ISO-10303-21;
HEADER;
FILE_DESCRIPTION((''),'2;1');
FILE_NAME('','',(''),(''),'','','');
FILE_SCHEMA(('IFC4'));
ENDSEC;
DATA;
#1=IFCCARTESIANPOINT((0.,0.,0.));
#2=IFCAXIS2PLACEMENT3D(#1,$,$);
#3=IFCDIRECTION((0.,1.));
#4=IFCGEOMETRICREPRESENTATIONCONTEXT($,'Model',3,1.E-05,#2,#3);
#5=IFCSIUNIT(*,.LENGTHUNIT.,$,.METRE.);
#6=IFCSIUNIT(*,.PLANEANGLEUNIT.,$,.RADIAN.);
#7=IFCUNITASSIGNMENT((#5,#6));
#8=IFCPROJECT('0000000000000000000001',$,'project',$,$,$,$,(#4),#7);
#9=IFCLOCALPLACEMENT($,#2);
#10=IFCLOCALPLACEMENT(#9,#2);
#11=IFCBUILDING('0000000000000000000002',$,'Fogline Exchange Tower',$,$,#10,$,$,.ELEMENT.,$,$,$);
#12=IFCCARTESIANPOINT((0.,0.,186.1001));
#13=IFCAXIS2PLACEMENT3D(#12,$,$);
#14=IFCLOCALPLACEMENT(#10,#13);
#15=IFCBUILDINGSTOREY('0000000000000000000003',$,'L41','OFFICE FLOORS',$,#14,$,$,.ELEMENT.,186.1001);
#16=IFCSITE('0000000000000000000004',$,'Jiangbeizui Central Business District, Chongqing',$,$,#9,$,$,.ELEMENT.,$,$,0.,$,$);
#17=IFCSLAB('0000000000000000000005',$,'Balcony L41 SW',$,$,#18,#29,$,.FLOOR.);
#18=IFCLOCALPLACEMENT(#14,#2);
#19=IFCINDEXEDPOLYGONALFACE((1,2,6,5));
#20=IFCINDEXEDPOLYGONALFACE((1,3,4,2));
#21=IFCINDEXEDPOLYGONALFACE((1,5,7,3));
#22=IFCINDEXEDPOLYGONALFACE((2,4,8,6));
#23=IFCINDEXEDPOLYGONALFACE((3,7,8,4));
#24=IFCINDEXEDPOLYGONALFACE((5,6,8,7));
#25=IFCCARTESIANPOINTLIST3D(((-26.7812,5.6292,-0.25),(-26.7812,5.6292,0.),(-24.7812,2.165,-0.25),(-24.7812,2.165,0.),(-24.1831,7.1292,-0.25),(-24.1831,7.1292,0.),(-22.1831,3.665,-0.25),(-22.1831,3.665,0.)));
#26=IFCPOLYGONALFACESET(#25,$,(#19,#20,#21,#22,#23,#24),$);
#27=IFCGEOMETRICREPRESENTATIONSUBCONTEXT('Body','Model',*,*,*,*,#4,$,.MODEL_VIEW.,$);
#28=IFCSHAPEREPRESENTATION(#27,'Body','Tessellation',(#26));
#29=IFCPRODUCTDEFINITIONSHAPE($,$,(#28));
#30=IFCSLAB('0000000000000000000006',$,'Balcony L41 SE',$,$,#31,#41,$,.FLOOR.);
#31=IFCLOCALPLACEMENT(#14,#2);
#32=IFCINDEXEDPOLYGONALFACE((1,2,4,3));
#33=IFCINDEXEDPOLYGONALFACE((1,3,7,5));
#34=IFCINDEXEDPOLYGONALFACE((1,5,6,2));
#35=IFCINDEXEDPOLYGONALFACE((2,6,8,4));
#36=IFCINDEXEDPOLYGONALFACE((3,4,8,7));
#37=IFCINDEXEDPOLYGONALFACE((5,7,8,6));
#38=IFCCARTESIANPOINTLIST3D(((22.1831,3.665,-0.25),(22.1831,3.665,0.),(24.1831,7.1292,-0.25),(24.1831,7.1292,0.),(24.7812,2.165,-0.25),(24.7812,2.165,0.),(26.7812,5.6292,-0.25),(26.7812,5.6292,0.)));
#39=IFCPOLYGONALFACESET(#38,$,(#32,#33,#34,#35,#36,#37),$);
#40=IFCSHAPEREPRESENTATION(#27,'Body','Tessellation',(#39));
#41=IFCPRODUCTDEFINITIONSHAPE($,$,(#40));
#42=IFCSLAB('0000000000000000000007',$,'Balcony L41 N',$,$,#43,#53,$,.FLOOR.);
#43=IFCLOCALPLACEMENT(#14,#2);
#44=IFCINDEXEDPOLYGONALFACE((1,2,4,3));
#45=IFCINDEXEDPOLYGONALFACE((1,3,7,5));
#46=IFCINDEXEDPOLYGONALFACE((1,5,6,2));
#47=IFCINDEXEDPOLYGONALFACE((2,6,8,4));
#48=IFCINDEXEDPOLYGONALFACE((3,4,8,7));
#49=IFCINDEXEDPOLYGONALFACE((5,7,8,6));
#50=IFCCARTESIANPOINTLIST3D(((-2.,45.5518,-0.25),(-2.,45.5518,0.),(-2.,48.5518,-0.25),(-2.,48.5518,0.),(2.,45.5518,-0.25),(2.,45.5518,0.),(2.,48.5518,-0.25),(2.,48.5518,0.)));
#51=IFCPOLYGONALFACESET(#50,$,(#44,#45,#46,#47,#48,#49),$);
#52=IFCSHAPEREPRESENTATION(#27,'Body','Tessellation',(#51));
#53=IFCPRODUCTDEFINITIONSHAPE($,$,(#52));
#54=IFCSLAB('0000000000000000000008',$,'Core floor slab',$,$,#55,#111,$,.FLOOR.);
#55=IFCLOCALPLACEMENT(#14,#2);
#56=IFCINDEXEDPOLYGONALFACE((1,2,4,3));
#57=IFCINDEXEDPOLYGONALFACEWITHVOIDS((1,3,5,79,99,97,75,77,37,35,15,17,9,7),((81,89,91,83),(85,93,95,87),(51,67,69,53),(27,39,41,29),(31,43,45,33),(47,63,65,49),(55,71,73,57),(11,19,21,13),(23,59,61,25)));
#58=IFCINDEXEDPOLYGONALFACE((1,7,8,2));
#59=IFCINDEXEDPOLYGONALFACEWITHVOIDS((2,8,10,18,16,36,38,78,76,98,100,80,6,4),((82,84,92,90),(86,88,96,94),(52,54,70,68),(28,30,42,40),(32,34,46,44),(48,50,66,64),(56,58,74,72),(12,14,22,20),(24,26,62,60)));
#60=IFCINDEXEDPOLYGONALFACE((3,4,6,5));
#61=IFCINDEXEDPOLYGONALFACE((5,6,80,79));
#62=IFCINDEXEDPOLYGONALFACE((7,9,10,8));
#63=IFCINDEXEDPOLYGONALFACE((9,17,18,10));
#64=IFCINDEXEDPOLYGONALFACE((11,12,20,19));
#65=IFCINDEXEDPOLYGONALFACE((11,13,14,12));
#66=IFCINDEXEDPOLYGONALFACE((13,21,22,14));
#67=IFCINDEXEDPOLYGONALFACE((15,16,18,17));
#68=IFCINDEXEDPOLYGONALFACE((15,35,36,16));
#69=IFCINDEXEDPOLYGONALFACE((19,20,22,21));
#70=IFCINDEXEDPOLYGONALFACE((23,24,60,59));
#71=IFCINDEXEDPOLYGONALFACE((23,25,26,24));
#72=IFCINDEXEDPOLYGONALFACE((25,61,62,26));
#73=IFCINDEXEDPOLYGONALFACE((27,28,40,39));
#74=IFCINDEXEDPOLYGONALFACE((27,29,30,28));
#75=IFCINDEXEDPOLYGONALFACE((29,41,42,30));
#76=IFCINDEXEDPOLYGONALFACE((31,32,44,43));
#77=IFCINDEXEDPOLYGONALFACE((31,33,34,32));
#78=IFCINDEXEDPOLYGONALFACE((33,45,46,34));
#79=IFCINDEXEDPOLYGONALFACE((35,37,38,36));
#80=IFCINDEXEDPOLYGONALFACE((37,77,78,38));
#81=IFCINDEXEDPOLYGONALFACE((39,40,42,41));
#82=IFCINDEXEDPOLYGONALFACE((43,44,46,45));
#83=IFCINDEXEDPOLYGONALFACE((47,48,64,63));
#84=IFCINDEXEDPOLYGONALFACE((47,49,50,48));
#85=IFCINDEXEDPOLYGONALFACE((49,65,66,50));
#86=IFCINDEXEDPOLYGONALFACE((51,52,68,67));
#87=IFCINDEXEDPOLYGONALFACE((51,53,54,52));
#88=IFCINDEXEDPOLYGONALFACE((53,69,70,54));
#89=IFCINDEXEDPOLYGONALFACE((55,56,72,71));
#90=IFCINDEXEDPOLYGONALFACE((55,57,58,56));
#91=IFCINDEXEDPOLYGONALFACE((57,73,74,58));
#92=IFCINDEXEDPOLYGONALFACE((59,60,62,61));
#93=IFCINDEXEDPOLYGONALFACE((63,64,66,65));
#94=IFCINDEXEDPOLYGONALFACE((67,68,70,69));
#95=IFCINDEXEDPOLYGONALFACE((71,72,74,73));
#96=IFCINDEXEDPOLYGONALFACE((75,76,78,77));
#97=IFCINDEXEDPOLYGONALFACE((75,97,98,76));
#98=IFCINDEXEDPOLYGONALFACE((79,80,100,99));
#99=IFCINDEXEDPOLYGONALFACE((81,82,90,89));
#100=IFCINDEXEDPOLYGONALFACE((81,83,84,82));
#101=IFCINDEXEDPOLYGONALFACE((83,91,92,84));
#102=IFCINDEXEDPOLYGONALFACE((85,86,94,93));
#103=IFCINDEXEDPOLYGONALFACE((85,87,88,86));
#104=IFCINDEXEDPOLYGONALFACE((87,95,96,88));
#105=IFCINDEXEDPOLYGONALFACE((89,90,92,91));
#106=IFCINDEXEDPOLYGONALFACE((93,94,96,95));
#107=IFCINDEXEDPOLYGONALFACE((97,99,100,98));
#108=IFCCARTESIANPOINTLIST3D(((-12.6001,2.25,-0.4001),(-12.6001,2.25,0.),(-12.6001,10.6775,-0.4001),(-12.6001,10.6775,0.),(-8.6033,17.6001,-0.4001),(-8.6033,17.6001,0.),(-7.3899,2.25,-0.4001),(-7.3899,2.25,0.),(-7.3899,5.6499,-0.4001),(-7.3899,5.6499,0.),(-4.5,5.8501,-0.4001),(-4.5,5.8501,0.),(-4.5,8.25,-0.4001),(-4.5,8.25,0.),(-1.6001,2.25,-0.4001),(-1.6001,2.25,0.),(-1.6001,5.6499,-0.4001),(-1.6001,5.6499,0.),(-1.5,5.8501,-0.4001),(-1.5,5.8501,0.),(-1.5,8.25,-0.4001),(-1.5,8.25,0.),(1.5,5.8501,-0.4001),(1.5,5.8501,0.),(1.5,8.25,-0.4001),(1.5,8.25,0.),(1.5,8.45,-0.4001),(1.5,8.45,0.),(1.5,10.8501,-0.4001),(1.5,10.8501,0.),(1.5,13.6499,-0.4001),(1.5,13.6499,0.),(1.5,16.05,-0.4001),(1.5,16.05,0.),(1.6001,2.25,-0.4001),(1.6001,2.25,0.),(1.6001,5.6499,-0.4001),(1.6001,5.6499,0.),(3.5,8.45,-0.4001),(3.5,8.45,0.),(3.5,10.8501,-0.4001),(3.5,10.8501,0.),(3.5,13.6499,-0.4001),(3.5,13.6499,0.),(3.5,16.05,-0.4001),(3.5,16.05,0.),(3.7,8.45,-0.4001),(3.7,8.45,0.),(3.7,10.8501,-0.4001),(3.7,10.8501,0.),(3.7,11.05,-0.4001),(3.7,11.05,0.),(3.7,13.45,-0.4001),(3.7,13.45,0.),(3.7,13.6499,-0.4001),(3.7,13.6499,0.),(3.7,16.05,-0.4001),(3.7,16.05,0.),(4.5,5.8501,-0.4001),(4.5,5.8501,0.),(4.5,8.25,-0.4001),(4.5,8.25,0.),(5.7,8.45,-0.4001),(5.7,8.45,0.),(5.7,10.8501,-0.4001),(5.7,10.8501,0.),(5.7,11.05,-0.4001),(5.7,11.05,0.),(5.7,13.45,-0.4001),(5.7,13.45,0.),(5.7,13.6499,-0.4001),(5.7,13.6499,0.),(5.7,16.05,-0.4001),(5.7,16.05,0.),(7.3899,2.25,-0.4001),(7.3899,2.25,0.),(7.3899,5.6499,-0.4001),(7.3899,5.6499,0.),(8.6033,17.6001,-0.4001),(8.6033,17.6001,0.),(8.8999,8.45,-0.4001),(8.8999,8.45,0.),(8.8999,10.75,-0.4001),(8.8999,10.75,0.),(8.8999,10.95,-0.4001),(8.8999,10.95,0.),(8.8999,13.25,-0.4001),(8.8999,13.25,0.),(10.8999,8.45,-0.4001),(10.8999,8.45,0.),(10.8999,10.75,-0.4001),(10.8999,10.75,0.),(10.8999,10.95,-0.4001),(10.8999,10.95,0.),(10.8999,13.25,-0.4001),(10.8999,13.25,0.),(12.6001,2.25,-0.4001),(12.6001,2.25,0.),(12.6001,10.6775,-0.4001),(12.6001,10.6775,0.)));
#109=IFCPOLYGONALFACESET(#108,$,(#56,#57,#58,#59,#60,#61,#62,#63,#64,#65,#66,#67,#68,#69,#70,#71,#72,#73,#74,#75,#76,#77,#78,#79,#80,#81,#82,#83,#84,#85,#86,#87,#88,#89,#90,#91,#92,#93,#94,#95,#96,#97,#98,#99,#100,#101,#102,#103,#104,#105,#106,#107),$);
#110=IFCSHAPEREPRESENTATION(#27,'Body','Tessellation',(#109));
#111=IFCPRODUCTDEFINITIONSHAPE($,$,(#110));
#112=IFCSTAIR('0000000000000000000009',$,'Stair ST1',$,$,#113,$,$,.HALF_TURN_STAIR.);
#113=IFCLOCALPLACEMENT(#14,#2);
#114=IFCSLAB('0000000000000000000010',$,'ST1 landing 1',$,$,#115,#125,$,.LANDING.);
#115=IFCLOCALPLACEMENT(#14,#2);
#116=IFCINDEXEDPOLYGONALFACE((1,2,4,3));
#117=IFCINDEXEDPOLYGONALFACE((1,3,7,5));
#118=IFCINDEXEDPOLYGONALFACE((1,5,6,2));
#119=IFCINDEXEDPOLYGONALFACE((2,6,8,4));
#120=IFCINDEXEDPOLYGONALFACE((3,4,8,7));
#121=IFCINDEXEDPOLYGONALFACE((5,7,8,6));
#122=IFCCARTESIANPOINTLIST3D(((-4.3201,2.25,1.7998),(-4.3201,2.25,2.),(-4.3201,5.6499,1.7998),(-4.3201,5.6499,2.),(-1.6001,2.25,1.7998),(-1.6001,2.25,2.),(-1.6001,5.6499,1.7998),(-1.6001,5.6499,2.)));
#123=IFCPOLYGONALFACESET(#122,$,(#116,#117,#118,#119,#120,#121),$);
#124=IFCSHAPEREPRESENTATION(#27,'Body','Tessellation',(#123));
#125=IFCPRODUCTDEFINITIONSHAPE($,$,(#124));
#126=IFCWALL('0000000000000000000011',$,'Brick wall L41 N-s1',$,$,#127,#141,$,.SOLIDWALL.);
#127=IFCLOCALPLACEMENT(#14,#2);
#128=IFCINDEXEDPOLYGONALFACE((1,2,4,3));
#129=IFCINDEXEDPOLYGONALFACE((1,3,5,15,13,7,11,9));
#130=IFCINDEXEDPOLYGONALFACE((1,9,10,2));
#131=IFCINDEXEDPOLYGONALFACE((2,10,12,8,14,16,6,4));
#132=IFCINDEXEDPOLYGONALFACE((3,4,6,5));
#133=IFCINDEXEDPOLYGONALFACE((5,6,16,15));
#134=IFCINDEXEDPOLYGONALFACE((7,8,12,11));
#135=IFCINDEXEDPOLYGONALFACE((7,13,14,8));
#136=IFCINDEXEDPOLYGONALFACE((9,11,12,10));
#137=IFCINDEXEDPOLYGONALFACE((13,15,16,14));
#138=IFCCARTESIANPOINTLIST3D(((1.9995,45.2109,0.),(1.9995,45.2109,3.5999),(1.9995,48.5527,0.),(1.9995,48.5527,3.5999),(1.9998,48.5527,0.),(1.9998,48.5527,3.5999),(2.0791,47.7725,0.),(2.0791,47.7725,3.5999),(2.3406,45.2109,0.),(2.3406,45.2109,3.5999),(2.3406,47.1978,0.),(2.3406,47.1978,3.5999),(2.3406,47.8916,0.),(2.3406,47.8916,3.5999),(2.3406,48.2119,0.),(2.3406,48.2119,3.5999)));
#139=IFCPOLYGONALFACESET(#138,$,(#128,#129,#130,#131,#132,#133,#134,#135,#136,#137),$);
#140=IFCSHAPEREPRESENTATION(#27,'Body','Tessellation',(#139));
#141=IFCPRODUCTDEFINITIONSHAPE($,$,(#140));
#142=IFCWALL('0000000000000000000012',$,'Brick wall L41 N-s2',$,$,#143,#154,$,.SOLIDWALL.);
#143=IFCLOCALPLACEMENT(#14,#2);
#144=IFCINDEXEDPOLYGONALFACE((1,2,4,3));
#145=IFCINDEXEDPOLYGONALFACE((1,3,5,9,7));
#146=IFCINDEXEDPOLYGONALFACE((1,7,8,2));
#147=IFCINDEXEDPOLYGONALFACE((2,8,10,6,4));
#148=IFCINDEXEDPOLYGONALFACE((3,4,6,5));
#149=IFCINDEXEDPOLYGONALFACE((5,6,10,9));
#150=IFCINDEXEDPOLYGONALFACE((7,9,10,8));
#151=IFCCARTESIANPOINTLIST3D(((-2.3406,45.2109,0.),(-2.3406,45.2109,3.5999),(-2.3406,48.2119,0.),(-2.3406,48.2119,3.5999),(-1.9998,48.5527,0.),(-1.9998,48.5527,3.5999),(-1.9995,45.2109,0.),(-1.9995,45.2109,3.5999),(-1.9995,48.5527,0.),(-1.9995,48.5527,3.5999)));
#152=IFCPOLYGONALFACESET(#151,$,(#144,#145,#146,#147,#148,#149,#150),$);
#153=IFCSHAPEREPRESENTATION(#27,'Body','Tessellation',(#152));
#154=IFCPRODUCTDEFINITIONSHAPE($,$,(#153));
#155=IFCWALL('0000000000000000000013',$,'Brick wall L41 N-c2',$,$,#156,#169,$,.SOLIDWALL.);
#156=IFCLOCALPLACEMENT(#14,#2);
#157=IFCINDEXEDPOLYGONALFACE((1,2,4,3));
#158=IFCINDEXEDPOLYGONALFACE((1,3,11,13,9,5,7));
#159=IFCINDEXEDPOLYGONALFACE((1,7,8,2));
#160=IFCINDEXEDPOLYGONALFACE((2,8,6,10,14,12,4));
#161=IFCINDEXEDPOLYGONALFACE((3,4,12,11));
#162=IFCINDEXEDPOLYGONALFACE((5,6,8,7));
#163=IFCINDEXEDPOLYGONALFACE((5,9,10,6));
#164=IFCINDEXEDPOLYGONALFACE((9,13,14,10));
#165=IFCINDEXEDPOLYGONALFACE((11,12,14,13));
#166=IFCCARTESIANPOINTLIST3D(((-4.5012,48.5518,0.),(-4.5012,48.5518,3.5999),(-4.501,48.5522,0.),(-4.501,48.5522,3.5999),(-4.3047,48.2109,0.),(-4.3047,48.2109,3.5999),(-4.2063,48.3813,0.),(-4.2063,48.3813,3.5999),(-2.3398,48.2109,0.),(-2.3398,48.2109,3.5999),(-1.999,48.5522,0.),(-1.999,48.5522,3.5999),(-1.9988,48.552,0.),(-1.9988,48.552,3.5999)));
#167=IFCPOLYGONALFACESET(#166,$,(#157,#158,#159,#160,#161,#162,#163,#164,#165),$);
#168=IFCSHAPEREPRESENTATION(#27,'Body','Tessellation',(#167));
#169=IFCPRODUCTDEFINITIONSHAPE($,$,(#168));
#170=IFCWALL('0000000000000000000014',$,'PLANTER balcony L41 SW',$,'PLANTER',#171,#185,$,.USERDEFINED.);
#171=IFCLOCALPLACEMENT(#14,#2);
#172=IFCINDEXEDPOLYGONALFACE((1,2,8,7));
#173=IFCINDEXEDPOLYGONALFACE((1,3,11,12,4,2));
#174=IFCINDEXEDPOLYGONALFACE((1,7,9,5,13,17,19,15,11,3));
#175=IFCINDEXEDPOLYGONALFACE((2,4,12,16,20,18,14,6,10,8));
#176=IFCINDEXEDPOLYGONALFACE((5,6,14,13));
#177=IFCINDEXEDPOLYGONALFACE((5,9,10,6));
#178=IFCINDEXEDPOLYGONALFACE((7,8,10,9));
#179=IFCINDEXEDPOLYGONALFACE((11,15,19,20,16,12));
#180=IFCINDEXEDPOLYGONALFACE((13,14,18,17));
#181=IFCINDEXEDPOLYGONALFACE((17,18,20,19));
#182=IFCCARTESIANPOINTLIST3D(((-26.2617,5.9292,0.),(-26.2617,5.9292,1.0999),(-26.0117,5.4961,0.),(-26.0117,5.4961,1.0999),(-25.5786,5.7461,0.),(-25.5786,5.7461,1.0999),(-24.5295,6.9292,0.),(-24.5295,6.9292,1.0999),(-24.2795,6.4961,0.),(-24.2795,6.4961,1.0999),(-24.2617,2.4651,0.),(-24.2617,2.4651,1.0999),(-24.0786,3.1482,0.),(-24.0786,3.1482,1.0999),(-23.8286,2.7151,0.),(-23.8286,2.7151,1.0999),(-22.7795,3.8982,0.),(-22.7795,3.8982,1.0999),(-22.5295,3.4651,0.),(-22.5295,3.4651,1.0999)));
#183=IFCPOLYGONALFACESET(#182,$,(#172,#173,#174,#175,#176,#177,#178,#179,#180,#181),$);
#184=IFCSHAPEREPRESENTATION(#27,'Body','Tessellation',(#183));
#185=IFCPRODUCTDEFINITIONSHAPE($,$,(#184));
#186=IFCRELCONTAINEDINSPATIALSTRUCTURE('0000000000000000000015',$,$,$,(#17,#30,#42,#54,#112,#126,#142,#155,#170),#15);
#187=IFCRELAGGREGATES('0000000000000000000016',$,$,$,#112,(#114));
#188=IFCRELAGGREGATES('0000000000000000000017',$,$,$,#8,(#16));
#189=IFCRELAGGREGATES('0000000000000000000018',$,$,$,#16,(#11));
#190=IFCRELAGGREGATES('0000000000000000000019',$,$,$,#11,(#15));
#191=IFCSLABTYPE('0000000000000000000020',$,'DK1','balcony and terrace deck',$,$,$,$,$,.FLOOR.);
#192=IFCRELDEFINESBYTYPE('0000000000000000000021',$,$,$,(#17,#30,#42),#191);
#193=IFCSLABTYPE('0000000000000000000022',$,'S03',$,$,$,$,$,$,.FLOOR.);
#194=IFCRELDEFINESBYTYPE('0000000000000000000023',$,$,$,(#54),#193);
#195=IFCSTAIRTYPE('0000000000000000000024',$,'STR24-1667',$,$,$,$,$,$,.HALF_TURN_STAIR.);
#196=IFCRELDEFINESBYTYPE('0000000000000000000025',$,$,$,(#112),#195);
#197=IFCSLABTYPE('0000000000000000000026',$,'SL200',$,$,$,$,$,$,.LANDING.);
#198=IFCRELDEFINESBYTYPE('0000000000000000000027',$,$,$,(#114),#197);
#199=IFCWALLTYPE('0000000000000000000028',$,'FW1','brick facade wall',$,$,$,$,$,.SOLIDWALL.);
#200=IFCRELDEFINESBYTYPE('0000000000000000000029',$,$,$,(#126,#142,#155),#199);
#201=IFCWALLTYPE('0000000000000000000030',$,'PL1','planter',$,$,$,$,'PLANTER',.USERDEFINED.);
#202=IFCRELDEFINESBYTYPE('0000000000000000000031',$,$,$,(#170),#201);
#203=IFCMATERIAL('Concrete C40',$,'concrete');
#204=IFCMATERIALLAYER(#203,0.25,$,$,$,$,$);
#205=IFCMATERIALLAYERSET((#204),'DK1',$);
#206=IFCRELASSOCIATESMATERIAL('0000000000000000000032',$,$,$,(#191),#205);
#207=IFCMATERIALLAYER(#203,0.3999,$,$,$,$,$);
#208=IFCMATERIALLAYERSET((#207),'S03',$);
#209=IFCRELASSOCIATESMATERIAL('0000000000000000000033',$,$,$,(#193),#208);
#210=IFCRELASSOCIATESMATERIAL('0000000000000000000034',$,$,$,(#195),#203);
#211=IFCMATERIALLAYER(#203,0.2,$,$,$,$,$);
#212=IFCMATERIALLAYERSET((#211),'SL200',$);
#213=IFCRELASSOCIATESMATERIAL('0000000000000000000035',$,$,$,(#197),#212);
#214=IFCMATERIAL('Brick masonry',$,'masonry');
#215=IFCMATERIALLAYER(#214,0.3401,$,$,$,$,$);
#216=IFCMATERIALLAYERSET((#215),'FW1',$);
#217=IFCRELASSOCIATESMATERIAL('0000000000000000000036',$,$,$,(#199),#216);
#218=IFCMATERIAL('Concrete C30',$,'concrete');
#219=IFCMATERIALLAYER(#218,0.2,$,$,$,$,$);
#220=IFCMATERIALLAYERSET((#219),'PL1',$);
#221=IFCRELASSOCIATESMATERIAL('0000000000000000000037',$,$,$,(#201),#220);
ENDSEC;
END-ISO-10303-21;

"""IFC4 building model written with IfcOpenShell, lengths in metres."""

from ifc_helpers import new_model, si_unit, direction, frame, origin, place, context, subcontext, project, spatial, polyline, outline, extrude, material, layer, layer_set, type_object, element, aggregate, save


model = new_model("IFC4")

# Units and contexts
model_context = context("Model", 3, precision=1e-05, world=origin(), true_north=direction((0.0, 1.0)))
body_context = subcontext(model_context, "Body", "Model", "MODEL_VIEW")
ifc_project = project(units=[si_unit("LENGTHUNIT", "METRE"), si_unit("PLANEANGLEUNIT", "RADIAN")], contexts=[model_context])

# Site, building, storey
site_placement = place(None, origin())
site = spatial("IfcSite", under=ifc_project, at=site_placement, Name="Jiangbeizui Central Business District, Chongqing", CompositionType="ELEMENT", RefElevation=0.0)
building_placement = place(site_placement, origin())
building = spatial("IfcBuilding", under=site, at=building_placement, Name="Fogline Exchange Tower", CompositionType="ELEMENT")
storey_placement = place(building_placement, frame((0.0, 0.0, 186.1001)))
storey = spatial("IfcBuildingStorey", under=building, at=storey_placement, Name="L41", Description="OFFICE FLOORS", CompositionType="ELEMENT", Elevation=186.1001)

# Slabs
ifc_material_1 = material(Name="Concrete C40", Category="concrete")
ifc_layer_1 = layer(ifc_material_1, 0.25)
ifc_layer_set_1 = layer_set([ifc_layer_1], Name="DK1")
slab_type_1 = type_object("IfcSlabType", Name="DK1", Description="balcony and terrace deck", PredefinedType="FLOOR", material=ifc_layer_set_1)
slab_1_placement = place(storey_placement, frame((0.0, 0.0, -0.25)))
element("IfcSlab", 1, at=slab_1_placement, inside=storey, type_object=slab_type_1, Name="Balcony L41 SW", PredefinedType="FLOOR", context=body_context, shape_type="SweptSolid", body=[
    extrude(outline(polyline([(-26.7812, 5.6292), (-24.7812, 2.165), (-22.1831, 3.665), (-24.1831, 7.1292), (-26.7812, 5.6292)])), origin(), (0.0, 0.0, 1.0), 0.25),
])
slab_2_placement = place(storey_placement, frame((0.0, 0.0, -0.25)))
element("IfcSlab", 2, at=slab_2_placement, inside=storey, type_object=slab_type_1, Name="Balcony L41 SE", PredefinedType="FLOOR", context=body_context, shape_type="SweptSolid", body=[
    extrude(outline(polyline([(24.7812, 2.165), (26.7812, 5.6292), (24.1831, 7.1292), (22.1831, 3.665), (24.7812, 2.165)])), origin(), (0.0, 0.0, 1.0), 0.25),
])
slab_3_placement = place(storey_placement, frame((0.0, 0.0, -0.25)))
element("IfcSlab", 3, at=slab_3_placement, inside=storey, type_object=slab_type_1, Name="Balcony L41 N", PredefinedType="FLOOR", context=body_context, shape_type="SweptSolid", body=[
    extrude(outline(polyline([(2.0, 48.5518), (-2.0, 48.5518), (-2.0, 45.5518), (2.0, 45.5518), (2.0, 48.5518)])), origin(), (0.0, 0.0, 1.0), 0.25),
])
ifc_layer_2 = layer(ifc_material_1, 0.3999)
ifc_layer_set_2 = layer_set([ifc_layer_2], Name="S03")
slab_type_2 = type_object("IfcSlabType", Name="S03", PredefinedType="FLOOR", material=ifc_layer_set_2)
slab_4_placement = place(storey_placement, frame((0.0, 0.0, -0.4001)))
element("IfcSlab", 4, at=slab_4_placement, inside=storey, type_object=slab_type_2, Name="Core floor slab", PredefinedType="FLOOR", context=body_context, shape_type="SweptSolid", body=[
    extrude(outline(polyline([(-12.6001, 2.25), (-12.6001, 10.6775), (-8.6033, 17.6001), (8.6033, 17.6001), (12.6001, 10.6775), (12.6001, 2.25), (7.3899, 2.25), (7.3899, 5.6499), (1.6001, 5.6499), (1.6001, 2.25), (-1.6001, 2.25), (-1.6001, 5.6499), (-7.3899, 5.6499), (-7.3899, 2.25), (-12.6001, 2.25)]), holes=[polyline([(-4.5, 8.25), (-4.5, 5.8501), (-1.5, 5.8501), (-1.5, 8.25), (-4.5, 8.25)]), polyline([(4.5, 8.25), (1.5, 8.25), (1.5, 5.8501), (4.5, 5.8501), (4.5, 8.25)]), polyline([(3.5, 10.8501), (1.5, 10.8501), (1.5, 8.45), (3.5, 8.45), (3.5, 10.8501)]), polyline([(1.5, 16.05), (1.5, 13.6499), (3.5, 13.6499), (3.5, 16.05), (1.5, 16.05)]), polyline([(10.8999, 10.75), (8.8999, 10.75), (8.8999, 8.45), (10.8999, 8.45), (10.8999, 10.75)]), polyline([(5.7, 10.8501), (3.7, 10.8501), (3.7, 8.45), (5.7, 8.45), (5.7, 10.8501)]), polyline([(8.8999, 13.25), (8.8999, 10.95), (10.8999, 10.95), (10.8999, 13.25), (8.8999, 13.25)]), polyline([(5.7, 13.45), (3.7, 13.45), (3.7, 11.05), (5.7, 11.05), (5.7, 13.45)]), polyline([(5.7, 16.05), (3.7, 16.05), (3.7, 13.6499), (5.7, 13.6499), (5.7, 16.05)])]), origin(), (0.0, 0.0, 1.0), 0.4001),
])

# Stair, slab
stair_type = type_object("IfcStairType", Name="STR24-1667", PredefinedType="HALF_TURN_STAIR", material=ifc_material_1)
stair_placement = place(storey_placement, origin())
stair = element("IfcStair", 5, at=stair_placement, inside=storey, type_object=stair_type, Name="Stair ST1", PredefinedType="HALF_TURN_STAIR")
ifc_layer_3 = layer(ifc_material_1, 0.2)
ifc_layer_set_3 = layer_set([ifc_layer_3], Name="SL200")
slab_type_3 = type_object("IfcSlabType", Name="SL200", PredefinedType="LANDING", material=ifc_layer_set_3)
slab_5_placement = place(storey_placement, frame((0.0, 0.0, 1.7998)))
slab_5 = element("IfcSlab", 6, at=slab_5_placement, type_object=slab_type_3, Name="ST1 landing 1", PredefinedType="LANDING", context=body_context, shape_type="SweptSolid", body=[
    extrude(outline(polyline([(-4.3201, 2.25), (-1.6001, 2.25), (-1.6001, 5.6499), (-4.3201, 5.6499), (-4.3201, 2.25)])), origin(), (0.0, 0.0, 1.0), 0.2002),
])
aggregate(stair, [slab_5])

# Walls
ifc_material_2 = material(Name="Brick masonry", Category="masonry")
ifc_layer_4 = layer(ifc_material_2, 0.3401)
ifc_layer_set_4 = layer_set([ifc_layer_4], Name="FW1")
wall_type_1 = type_object("IfcWallType", Name="FW1", Description="brick facade wall", PredefinedType="SOLIDWALL", material=ifc_layer_set_4)
wall_1_placement = place(storey_placement, origin())
element("IfcWall", 7, at=wall_1_placement, inside=storey, type_object=wall_type_1, Name="Brick wall L41 N-s1", PredefinedType="SOLIDWALL", context=body_context, shape_type="SweptSolid", body=[
    extrude(outline(polyline([(1.9995, 45.2109), (1.9995, 48.5527), (1.9998, 48.5527), (2.3406, 48.2119), (2.3406, 47.8916), (2.0791, 47.7725), (2.3406, 47.1978), (2.3406, 45.2109), (1.9995, 45.2109)])), origin(), (0.0, 0.0, 1.0), 3.5999),
])
wall_2_placement = place(storey_placement, origin())
element("IfcWall", 8, at=wall_2_placement, inside=storey, type_object=wall_type_1, Name="Brick wall L41 N-s2", PredefinedType="SOLIDWALL", context=body_context, shape_type="SweptSolid", body=[
    extrude(outline(polyline([(-1.9995, 48.5527), (-1.9995, 45.2109), (-2.3406, 45.2109), (-2.3406, 48.2119), (-1.9998, 48.5527), (-1.9995, 48.5527)])), origin(), (0.0, 0.0, 1.0), 3.5999),
])
wall_3_placement = place(storey_placement, origin())
element("IfcWall", 9, at=wall_3_placement, inside=storey, type_object=wall_type_1, Name="Brick wall L41 N-c2", PredefinedType="SOLIDWALL", context=body_context, shape_type="SweptSolid", body=[
    extrude(outline(polyline([(-4.3047, 48.2109), (-4.2063, 48.3813), (-4.5012, 48.5518), (-4.501, 48.5522), (-1.999, 48.5522), (-1.9988, 48.552), (-2.3398, 48.2109), (-4.3047, 48.2109)])), origin(), (0.0, 0.0, 1.0), 3.5999),
])
ifc_material_3 = material(Name="Concrete C30", Category="concrete")
ifc_layer_5 = layer(ifc_material_3, 0.2)
ifc_layer_set_5 = layer_set([ifc_layer_5], Name="PL1")
wall_type_2 = type_object("IfcWallType", Name="PL1", Description="planter", ElementType="PLANTER", PredefinedType="USERDEFINED", material=ifc_layer_set_5)
wall_4_placement = place(storey_placement, origin())
element("IfcWall", 10, at=wall_4_placement, inside=storey, type_object=wall_type_2, Name="PLANTER balcony L41 SW", ObjectType="PLANTER", PredefinedType="USERDEFINED", context=body_context, shape_type="SweptSolid", body=[
    extrude(outline(polyline([(-22.7795, 3.8982), (-24.0786, 3.1482), (-25.5786, 5.7461), (-24.2795, 6.4961), (-24.5295, 6.9292), (-26.2617, 5.9292), (-26.0117, 5.4961), (-24.2617, 2.4651), (-23.8286, 2.7151), (-23.8286, 2.7151), (-22.5295, 3.4651), (-22.7795, 3.8982)])), origin(), (0.0, 0.0, 1.0), 1.0999),
])

save(model, "model.ifc")
